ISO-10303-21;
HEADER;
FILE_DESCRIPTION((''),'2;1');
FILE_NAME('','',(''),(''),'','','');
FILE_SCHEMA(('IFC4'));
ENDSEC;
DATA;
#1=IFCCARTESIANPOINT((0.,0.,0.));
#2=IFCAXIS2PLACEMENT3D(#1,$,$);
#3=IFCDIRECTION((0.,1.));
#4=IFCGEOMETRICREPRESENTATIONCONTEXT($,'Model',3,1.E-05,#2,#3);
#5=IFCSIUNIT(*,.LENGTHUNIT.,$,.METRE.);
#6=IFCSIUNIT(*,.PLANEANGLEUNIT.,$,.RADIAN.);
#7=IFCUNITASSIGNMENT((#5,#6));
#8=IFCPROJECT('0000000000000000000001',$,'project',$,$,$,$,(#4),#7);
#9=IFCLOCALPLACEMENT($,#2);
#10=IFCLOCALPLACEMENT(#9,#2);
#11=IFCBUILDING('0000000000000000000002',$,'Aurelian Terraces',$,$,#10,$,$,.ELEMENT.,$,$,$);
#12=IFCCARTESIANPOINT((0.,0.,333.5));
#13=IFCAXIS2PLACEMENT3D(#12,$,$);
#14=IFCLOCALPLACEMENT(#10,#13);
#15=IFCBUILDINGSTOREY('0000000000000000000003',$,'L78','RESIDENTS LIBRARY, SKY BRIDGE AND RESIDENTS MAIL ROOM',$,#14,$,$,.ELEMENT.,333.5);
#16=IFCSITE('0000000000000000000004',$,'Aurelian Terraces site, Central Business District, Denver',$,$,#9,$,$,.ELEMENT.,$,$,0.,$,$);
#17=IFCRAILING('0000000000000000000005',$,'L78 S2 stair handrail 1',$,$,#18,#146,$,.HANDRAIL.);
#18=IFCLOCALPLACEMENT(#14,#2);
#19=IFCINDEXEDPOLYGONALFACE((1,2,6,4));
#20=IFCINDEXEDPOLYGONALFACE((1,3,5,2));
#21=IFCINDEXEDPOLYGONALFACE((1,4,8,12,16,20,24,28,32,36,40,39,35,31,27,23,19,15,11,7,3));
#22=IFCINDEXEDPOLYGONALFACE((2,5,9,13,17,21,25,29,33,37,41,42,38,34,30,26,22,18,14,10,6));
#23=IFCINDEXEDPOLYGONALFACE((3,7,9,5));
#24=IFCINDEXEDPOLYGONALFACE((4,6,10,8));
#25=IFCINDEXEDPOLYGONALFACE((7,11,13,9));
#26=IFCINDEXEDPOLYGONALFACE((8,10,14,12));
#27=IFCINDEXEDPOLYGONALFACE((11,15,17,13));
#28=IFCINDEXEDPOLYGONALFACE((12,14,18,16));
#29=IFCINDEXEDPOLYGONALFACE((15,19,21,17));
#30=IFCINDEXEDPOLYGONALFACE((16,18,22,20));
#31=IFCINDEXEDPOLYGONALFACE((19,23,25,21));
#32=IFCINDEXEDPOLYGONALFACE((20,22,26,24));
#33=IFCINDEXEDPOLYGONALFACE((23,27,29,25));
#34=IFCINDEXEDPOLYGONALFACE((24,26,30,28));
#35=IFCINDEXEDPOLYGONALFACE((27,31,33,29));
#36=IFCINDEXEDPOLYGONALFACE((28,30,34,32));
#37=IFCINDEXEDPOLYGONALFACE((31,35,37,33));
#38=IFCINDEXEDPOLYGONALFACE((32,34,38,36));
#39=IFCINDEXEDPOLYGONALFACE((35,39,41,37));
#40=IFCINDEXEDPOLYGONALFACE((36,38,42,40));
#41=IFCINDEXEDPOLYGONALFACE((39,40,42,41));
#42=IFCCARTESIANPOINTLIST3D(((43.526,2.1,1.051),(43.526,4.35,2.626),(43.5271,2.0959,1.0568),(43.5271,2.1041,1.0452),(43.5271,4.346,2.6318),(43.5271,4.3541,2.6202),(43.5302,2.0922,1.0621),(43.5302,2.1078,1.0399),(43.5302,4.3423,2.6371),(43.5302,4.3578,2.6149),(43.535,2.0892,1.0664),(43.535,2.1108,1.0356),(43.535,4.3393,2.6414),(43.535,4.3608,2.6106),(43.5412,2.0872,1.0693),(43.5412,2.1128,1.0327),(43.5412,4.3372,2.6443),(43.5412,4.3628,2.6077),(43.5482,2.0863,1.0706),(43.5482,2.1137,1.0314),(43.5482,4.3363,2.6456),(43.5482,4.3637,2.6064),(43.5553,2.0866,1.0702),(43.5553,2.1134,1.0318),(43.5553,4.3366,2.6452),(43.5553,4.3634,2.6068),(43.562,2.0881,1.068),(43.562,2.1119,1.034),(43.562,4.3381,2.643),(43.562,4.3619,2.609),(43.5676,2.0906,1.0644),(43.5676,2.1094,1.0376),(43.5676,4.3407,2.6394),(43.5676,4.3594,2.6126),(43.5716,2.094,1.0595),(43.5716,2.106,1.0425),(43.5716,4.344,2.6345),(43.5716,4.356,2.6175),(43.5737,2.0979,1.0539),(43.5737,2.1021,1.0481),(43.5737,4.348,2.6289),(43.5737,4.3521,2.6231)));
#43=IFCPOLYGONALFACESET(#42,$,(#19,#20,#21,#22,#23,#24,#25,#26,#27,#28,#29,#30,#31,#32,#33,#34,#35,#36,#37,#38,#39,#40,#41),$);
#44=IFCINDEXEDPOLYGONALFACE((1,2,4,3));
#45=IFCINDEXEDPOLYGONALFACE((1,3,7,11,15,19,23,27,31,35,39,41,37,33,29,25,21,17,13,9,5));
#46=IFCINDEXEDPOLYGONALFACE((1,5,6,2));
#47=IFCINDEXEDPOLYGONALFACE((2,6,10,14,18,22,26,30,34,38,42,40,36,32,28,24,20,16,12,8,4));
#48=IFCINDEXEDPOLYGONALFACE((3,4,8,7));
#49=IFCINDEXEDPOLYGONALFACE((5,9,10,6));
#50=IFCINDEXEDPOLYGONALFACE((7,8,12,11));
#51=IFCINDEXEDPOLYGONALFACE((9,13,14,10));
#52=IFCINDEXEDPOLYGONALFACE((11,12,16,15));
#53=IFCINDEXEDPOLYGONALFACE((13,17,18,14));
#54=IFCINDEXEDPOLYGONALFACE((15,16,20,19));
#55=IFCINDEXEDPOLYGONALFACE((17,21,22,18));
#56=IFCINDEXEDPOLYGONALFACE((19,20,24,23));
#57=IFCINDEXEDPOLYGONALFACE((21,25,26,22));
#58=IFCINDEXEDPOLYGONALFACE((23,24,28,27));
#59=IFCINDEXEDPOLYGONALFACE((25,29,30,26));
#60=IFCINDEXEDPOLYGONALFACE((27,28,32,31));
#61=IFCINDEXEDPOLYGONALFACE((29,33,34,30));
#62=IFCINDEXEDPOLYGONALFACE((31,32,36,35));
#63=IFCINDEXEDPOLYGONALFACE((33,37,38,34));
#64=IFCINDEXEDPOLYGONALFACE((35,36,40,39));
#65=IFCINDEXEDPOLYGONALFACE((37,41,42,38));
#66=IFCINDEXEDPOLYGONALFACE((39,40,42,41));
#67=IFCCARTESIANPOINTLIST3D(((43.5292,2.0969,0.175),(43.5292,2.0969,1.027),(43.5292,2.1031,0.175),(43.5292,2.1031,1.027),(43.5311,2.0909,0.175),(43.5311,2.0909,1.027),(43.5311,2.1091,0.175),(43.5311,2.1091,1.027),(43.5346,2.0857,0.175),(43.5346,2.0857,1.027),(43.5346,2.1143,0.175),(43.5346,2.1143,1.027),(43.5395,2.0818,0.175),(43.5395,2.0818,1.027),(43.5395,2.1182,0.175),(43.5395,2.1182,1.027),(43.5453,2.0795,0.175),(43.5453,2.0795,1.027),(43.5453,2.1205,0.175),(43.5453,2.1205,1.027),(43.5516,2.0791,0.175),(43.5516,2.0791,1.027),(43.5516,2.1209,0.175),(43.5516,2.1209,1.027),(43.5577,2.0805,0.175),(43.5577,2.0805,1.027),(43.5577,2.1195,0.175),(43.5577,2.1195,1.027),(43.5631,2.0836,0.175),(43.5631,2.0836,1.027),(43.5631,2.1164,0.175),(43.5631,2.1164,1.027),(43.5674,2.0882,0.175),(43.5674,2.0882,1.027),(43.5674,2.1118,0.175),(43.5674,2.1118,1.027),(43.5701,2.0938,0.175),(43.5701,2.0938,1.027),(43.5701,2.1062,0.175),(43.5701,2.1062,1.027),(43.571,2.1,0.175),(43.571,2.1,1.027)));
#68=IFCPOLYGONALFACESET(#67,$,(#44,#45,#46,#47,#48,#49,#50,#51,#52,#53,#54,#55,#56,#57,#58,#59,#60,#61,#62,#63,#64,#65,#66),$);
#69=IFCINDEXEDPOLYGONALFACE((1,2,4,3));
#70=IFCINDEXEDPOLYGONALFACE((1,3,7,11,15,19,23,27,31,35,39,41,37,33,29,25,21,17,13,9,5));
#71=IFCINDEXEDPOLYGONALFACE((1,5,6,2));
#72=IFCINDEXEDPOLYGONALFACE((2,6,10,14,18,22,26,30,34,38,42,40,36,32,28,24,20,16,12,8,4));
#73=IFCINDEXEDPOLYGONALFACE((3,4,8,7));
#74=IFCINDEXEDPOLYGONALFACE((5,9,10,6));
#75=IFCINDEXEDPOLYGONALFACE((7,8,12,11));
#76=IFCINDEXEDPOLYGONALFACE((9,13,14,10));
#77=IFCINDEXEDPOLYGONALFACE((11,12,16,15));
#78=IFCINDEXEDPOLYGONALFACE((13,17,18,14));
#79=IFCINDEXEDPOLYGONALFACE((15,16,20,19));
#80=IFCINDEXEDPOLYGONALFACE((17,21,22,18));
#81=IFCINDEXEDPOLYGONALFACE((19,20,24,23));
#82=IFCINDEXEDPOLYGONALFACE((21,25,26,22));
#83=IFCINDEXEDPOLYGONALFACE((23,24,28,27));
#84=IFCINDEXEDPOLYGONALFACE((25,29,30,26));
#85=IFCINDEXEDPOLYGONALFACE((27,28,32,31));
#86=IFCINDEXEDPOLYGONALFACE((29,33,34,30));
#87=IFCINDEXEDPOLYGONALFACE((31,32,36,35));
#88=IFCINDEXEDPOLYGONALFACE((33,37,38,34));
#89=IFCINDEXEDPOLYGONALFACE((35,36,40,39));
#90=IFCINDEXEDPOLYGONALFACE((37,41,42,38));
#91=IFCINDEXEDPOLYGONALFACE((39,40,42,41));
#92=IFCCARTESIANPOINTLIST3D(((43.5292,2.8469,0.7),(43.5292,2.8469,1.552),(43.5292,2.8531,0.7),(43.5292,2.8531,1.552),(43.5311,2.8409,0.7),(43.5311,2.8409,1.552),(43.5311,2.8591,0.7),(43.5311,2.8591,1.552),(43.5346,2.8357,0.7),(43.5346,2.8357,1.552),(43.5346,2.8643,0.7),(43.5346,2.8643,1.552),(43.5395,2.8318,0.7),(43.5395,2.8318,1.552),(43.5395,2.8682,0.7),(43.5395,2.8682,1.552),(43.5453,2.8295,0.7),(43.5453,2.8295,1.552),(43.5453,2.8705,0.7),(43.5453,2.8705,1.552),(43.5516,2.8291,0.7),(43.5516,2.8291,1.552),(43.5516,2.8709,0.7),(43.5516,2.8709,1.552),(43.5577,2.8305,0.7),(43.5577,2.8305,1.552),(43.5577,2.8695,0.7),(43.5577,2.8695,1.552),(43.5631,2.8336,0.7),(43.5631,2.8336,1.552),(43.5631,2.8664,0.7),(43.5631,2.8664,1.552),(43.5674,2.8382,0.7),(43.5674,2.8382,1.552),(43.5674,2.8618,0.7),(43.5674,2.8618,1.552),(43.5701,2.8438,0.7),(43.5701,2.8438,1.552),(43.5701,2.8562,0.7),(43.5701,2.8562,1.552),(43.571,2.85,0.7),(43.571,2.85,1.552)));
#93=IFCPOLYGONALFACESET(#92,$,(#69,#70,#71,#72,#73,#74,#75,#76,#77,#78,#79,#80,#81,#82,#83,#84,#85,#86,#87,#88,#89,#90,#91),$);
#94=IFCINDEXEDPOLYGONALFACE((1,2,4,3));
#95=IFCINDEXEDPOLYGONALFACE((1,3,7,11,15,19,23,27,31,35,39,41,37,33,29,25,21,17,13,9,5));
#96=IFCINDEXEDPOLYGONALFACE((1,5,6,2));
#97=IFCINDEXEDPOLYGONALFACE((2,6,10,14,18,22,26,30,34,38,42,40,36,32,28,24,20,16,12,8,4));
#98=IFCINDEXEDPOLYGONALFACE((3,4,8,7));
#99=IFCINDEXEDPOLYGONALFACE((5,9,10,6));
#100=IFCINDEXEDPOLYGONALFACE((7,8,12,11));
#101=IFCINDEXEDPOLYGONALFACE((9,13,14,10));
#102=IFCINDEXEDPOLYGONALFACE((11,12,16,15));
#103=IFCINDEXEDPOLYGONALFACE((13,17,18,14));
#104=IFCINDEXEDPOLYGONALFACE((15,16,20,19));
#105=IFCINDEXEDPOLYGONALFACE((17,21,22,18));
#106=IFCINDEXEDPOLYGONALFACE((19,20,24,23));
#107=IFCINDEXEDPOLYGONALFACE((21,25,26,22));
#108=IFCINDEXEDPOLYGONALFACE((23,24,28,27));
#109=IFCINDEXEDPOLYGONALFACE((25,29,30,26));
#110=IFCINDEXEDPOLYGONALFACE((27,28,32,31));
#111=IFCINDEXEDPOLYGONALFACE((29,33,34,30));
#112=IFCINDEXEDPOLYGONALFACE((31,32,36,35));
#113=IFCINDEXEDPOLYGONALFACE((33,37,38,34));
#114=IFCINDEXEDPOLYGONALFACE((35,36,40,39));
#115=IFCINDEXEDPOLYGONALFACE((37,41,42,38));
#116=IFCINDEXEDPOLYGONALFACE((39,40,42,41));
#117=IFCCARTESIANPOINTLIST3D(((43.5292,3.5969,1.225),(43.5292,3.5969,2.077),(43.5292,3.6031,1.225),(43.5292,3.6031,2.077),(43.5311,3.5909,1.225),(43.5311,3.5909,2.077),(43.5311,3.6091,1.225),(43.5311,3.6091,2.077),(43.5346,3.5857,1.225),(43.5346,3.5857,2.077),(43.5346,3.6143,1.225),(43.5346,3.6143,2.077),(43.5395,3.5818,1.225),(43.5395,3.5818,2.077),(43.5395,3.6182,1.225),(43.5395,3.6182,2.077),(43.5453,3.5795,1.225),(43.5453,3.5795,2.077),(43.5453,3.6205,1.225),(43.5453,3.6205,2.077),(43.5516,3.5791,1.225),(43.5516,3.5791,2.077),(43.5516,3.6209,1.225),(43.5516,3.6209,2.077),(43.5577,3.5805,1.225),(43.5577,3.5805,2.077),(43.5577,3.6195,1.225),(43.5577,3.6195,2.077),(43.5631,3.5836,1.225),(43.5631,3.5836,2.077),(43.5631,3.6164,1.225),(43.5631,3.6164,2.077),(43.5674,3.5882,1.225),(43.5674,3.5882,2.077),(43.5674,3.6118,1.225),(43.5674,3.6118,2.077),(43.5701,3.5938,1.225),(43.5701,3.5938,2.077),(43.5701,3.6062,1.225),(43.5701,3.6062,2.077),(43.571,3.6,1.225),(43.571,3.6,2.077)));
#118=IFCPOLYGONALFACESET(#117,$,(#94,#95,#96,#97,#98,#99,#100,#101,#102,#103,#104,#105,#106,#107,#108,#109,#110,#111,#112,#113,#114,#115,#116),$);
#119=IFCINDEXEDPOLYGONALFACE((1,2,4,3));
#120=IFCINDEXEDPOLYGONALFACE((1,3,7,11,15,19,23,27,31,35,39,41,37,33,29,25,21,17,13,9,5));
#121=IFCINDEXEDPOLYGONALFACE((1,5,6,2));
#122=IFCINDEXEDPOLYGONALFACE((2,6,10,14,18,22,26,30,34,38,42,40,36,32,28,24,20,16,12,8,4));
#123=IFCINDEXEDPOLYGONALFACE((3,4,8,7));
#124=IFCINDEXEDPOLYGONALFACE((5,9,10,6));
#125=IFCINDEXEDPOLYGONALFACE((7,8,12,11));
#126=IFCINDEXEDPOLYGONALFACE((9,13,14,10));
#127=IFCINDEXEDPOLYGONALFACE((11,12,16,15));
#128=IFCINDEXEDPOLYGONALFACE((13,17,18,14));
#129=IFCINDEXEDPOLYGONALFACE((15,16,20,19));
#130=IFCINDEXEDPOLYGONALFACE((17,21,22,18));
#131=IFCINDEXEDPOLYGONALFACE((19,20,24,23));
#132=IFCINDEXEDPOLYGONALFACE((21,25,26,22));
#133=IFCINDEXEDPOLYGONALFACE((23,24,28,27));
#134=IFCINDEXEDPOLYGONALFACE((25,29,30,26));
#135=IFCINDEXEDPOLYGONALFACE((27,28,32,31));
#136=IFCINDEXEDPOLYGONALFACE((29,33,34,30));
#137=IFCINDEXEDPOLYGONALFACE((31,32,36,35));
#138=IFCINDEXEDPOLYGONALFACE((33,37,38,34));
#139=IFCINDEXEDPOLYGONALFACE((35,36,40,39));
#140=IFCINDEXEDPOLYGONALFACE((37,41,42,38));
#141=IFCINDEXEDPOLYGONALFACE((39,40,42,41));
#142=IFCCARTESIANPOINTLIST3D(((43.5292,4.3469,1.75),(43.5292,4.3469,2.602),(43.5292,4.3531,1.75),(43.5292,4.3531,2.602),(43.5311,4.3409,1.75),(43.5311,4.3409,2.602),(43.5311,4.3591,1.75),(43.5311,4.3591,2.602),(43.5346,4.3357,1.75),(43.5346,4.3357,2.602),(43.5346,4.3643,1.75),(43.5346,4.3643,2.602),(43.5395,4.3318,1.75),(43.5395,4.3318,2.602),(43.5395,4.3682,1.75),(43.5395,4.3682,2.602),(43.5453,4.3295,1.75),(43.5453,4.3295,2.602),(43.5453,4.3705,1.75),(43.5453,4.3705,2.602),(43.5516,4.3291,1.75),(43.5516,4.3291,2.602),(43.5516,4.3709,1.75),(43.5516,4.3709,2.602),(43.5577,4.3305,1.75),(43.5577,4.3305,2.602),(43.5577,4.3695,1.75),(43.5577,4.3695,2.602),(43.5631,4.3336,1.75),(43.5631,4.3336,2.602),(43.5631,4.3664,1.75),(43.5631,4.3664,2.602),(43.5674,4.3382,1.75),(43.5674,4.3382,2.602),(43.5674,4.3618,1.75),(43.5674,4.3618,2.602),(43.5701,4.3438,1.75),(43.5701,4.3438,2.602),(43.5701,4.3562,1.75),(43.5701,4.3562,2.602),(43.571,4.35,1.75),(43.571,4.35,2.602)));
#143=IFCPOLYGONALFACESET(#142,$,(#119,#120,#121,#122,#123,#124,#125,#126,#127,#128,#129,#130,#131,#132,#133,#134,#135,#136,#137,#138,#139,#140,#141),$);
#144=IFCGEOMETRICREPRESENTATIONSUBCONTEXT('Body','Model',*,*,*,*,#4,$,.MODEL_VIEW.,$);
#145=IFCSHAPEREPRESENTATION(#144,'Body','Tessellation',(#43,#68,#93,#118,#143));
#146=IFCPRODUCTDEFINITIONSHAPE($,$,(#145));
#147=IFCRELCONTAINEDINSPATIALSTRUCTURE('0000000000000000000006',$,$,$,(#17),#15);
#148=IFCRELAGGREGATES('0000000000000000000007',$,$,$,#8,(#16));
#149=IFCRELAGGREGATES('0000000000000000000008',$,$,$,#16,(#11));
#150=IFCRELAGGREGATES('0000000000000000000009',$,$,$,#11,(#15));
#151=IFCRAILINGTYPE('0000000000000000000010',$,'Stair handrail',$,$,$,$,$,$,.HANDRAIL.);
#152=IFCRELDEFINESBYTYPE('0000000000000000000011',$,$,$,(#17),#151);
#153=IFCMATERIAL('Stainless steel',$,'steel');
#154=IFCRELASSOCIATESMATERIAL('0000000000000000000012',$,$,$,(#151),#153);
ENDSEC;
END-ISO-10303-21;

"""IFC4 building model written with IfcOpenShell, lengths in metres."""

from ifc_helpers import new_model, si_unit, direction, frame, origin, origin_2d, place, context, subcontext, project, spatial, circle, extrude, source, transform, mapped, material, type_object, element, save


model = new_model("IFC4")

# Units and contexts
model_context = context("Model", 3, precision=1e-05, world=origin(), true_north=direction((0.0, 1.0)))
body_context = subcontext(model_context, "Body", "Model", "MODEL_VIEW")
ifc_project = project(units=[si_unit("LENGTHUNIT", "METRE"), si_unit("PLANEANGLEUNIT", "RADIAN")], contexts=[model_context])

# Site, building, storey
site_placement = place(None, origin())
site = spatial("IfcSite", under=ifc_project, at=site_placement, Name="Aurelian Terraces site, Central Business District, Denver", CompositionType="ELEMENT", RefElevation=0.0)
building_placement = place(site_placement, origin())
building = spatial("IfcBuilding", under=site, at=building_placement, Name="Aurelian Terraces", CompositionType="ELEMENT")
storey_placement = place(building_placement, frame((0.0, 0.0, 333.5)))
storey = spatial("IfcBuildingStorey", under=building, at=storey_placement, Name="L78", Description="RESIDENTS LIBRARY, SKY BRIDGE AND RESIDENTS MAIL ROOM", CompositionType="ELEMENT", Elevation=333.5)

# Railing
ifc_material_1 = material(Name="Stainless steel", Category="steel")
railing_type_1 = type_object("IfcRailingType", Name="Stair handrail", PredefinedType="HANDRAIL", material=ifc_material_1)
shared_shape_1 = source(origin(), body_context, "Body", "SweptSolid", [
    extrude(circle(Radius=0.024, at=origin_2d()), frame((0.0, 0.0, 0.876), z_axis=(0.0, 0.819232, 0.573462), x_axis=(-1.0, 0.0, 0.0)), (0.0, 0.0, 1.0), 2.7465),
    extrude(circle(Radius=0.021, at=origin_2d()), origin(), (0.0, 0.0, 1.0), 0.852),
    extrude(circle(Radius=0.021, at=origin_2d()), frame((0.0, 0.75, 0.525)), (0.0, 0.0, 1.0), 0.852),
    extrude(circle(Radius=0.021, at=origin_2d()), frame((0.0, 1.5, 1.05)), (0.0, 0.0, 1.0), 0.852),
    extrude(circle(Radius=0.021, at=origin_2d()), frame((0.0, 2.25, 1.575)), (0.0, 0.0, 1.0), 0.852),
])
railing_1_placement = place(storey_placement, frame((43.55, 2.1, 0.175)))
element("IfcRailing", 1, at=railing_1_placement, inside=storey, type_object=railing_type_1, Name="L78 S2 stair handrail 1", PredefinedType="HANDRAIL", context=body_context, shape_type="MappedRepresentation", body=[
    mapped(shared_shape_1, transform((0.0, 0.0, 0.0), scale=1.0)),
])

save(model, "model.ifc")
